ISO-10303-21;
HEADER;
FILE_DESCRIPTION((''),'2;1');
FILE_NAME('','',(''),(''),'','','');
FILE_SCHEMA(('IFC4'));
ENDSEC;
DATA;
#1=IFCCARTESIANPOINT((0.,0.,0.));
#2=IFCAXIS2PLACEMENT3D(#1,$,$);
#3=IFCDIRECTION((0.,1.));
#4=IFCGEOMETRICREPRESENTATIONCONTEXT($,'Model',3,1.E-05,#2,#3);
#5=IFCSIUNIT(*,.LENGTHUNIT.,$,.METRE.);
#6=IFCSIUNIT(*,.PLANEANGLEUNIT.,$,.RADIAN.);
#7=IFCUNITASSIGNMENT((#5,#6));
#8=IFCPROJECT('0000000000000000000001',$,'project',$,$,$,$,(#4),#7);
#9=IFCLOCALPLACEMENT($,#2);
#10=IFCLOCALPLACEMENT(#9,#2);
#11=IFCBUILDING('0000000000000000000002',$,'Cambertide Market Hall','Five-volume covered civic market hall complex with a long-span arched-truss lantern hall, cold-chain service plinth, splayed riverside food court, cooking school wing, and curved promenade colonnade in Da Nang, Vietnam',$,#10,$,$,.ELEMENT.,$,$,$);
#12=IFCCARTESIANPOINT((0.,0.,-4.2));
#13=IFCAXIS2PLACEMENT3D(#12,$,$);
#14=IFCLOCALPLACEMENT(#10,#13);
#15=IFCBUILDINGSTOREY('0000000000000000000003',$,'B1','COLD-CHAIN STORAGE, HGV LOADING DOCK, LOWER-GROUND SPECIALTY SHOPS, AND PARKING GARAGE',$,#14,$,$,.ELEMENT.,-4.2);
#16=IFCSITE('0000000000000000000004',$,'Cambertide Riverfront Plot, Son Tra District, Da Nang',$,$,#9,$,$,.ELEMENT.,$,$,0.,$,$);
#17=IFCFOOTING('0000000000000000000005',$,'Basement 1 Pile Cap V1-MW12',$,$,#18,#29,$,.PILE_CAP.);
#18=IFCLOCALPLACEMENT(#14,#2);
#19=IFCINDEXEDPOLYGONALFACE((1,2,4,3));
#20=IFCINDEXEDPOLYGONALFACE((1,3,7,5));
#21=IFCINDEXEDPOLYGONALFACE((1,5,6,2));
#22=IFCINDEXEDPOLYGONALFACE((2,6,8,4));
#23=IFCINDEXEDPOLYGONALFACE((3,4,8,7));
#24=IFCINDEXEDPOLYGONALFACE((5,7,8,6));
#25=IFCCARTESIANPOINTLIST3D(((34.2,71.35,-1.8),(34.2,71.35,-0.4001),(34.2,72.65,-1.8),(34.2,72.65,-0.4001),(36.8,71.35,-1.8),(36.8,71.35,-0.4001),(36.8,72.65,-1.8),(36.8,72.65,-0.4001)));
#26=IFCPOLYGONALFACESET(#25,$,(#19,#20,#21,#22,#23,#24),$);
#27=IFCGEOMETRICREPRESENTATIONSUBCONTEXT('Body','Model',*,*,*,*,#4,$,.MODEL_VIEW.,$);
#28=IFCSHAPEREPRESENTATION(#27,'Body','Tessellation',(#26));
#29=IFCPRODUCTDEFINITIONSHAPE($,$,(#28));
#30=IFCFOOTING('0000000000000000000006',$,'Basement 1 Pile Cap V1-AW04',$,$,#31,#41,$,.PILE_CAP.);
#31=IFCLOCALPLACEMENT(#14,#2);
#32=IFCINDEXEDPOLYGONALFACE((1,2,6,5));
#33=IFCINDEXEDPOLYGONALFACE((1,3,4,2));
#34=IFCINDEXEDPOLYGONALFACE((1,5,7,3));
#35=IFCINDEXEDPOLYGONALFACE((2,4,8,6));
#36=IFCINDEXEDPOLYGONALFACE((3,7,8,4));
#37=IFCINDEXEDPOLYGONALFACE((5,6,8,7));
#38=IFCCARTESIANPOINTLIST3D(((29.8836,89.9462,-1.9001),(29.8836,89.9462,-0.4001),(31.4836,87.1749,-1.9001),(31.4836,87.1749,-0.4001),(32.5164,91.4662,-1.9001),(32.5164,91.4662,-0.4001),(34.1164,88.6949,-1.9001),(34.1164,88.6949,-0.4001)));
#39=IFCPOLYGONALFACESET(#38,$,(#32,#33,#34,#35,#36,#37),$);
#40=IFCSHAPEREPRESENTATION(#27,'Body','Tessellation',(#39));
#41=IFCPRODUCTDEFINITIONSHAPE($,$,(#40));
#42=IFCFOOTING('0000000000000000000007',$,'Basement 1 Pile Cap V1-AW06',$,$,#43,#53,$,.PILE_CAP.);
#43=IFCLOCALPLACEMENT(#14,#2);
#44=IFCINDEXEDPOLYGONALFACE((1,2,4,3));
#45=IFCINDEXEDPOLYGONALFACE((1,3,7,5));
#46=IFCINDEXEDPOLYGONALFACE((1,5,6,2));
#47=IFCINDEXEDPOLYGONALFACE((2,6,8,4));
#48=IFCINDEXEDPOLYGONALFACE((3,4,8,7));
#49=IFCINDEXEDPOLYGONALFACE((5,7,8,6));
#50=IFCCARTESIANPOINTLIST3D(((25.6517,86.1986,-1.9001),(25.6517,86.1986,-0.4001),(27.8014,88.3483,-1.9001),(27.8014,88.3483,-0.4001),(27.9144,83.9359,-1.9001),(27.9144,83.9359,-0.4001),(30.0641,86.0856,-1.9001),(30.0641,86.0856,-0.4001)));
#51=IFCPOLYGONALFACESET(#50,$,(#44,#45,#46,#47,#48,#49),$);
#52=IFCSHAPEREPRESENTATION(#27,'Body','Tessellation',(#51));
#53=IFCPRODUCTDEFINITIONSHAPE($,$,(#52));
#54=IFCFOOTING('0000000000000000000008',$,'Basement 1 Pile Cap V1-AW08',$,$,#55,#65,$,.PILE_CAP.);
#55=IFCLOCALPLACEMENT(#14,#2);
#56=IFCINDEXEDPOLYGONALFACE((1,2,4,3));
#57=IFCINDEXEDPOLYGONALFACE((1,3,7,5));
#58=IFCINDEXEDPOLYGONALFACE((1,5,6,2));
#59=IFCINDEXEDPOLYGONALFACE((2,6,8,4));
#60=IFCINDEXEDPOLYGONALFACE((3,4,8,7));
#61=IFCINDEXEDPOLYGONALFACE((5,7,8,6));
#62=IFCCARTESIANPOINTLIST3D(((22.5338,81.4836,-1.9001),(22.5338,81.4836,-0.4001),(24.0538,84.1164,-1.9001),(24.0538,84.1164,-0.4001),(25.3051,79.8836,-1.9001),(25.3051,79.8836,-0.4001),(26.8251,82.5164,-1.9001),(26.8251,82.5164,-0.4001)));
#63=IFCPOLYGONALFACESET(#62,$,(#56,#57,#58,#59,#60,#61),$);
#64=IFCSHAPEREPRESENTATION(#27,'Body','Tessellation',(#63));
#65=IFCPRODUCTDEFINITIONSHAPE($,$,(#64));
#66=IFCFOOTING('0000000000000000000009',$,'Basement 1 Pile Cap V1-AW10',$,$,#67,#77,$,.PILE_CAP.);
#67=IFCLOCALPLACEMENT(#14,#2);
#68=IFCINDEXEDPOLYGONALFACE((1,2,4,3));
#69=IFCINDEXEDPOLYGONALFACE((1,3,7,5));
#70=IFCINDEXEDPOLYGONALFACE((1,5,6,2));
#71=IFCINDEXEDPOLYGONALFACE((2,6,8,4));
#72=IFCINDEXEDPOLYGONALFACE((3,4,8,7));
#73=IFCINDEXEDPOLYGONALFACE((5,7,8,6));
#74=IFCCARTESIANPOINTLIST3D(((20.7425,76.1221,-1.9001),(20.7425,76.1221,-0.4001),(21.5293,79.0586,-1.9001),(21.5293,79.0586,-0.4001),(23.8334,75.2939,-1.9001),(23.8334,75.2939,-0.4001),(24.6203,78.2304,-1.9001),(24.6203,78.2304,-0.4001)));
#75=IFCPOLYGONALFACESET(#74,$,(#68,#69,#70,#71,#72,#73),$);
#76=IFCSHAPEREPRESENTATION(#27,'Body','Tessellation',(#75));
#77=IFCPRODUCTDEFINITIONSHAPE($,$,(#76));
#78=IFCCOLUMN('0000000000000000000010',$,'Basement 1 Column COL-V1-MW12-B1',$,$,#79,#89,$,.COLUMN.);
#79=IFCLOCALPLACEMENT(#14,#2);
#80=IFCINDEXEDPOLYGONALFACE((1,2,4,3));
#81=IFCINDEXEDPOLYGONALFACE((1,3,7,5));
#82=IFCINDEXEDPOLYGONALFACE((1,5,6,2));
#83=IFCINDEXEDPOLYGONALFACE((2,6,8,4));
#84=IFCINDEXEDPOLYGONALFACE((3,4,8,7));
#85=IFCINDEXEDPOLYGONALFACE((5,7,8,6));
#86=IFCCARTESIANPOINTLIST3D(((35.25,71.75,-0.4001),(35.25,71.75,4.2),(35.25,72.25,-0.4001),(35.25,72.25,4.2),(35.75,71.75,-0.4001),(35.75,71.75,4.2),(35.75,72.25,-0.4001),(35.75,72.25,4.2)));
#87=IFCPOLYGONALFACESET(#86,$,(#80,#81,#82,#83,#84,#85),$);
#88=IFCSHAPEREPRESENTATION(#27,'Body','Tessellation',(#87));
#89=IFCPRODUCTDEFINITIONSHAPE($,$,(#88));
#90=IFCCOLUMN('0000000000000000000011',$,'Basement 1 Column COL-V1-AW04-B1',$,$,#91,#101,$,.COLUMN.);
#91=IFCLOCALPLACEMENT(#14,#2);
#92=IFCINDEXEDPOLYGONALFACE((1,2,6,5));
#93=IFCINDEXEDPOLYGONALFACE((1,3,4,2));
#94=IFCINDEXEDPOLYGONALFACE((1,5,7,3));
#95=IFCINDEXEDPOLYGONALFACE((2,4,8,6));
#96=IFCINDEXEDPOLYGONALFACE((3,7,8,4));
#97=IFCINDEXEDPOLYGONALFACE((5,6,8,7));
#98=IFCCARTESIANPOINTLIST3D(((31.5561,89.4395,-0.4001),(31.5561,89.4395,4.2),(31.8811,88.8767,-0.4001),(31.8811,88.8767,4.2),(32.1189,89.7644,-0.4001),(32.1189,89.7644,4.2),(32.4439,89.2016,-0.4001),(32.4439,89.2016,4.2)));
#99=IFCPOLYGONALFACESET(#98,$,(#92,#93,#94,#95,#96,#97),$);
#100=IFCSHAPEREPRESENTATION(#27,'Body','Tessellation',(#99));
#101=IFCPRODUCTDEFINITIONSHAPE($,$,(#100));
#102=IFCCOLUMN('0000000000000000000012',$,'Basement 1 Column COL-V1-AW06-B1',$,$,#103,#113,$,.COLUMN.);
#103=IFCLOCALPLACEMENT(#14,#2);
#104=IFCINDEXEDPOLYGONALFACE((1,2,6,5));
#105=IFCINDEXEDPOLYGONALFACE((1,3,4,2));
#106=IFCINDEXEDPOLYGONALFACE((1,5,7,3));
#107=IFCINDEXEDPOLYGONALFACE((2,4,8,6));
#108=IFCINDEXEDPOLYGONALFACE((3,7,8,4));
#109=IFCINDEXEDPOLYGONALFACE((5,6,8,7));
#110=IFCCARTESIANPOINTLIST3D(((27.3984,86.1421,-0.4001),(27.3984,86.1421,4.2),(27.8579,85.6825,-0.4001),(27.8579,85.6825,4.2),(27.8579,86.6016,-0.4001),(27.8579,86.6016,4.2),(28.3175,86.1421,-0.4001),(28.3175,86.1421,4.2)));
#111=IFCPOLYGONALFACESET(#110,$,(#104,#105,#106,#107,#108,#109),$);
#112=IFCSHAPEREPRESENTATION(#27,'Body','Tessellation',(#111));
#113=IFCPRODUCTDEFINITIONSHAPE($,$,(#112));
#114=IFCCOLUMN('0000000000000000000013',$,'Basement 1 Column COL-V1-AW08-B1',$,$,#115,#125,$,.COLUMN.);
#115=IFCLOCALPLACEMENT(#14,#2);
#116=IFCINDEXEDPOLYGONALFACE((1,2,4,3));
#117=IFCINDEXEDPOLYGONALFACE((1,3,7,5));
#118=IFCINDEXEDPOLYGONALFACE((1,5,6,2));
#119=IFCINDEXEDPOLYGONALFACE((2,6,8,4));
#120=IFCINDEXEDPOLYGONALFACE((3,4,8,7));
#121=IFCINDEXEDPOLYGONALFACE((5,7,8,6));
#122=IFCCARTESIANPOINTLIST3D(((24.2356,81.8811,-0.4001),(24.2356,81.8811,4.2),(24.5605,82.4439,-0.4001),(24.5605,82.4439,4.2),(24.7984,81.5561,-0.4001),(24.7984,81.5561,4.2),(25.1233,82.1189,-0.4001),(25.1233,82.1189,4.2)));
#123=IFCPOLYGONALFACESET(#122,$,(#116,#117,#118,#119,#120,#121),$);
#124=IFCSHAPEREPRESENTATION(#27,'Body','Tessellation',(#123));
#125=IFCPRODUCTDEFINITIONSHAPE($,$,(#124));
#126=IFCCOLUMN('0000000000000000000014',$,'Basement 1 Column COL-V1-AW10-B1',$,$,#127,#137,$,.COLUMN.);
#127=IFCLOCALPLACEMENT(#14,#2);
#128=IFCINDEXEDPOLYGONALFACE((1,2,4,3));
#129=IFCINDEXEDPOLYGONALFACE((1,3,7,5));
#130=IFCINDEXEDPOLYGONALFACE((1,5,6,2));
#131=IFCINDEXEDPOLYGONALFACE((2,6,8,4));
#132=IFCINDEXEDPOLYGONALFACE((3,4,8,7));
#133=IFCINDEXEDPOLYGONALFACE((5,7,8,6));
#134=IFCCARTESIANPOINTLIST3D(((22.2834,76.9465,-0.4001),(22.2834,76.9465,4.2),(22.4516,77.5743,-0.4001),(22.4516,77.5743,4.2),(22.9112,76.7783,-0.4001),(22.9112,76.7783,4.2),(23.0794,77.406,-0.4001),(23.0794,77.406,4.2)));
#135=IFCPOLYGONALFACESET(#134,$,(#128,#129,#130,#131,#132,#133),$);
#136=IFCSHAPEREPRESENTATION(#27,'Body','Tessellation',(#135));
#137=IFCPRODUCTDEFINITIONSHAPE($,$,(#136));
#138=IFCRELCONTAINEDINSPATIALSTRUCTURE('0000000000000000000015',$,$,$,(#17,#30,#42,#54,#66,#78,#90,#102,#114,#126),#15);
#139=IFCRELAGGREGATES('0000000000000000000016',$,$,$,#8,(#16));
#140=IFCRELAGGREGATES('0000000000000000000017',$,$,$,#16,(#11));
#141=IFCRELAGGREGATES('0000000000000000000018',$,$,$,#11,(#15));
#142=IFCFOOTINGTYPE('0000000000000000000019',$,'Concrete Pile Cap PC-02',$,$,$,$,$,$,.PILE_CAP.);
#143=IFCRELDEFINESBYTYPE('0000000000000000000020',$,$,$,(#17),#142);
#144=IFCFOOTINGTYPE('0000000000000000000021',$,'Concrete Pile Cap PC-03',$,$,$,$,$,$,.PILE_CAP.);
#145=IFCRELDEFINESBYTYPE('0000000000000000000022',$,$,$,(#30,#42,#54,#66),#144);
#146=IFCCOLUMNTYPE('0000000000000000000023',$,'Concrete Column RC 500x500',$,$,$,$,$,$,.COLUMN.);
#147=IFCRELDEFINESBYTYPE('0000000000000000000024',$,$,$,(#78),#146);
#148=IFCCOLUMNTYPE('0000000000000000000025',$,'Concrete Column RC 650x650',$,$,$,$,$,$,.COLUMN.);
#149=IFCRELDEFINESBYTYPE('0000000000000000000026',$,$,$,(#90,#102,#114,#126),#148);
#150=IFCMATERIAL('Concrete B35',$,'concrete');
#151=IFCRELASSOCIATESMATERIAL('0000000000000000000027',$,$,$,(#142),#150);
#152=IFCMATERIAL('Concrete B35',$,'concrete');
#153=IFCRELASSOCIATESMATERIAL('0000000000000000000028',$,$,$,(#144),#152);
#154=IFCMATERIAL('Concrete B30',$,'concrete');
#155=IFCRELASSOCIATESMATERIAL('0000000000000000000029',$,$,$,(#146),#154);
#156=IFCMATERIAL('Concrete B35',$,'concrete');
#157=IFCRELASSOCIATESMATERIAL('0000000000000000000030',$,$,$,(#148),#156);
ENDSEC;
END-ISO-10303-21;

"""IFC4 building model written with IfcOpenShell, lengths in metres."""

from ifc_helpers import new_model, si_unit, direction, frame, origin, origin_2d, place, context, subcontext, project, spatial, rectangle, extrude, material, material_profile, profile_set, type_object, element, save


model = new_model("IFC4")

# Units and contexts
model_context = context("Model", 3, precision=1e-05, world=origin(), true_north=direction((0.0, 1.0)))
body_context = subcontext(model_context, "Body", "Model", "MODEL_VIEW")
ifc_project = project(units=[si_unit("LENGTHUNIT", "METRE"), si_unit("PLANEANGLEUNIT", "RADIAN")], contexts=[model_context])

# Site, building, storey
site_placement = place(None, origin())
site = spatial("IfcSite", under=ifc_project, at=site_placement, Name="Cambertide Riverfront Plot, Son Tra District, Da Nang", CompositionType="ELEMENT", RefElevation=0.0)
building_placement = place(site_placement, origin())
building = spatial("IfcBuilding", under=site, at=building_placement, Name="Cambertide Market Hall", Description="Five-volume covered civic market hall complex with a long-span arched-truss lantern hall, cold-chain service plinth, splayed riverside food court, cooking school wing, and curved promenade colonnade in Da Nang, Vietnam", CompositionType="ELEMENT")
storey_placement = place(building_placement, frame((0.0, 0.0, -4.2)))
storey = spatial("IfcBuildingStorey", under=building, at=storey_placement, Name="B1", Description="COLD-CHAIN STORAGE, HGV LOADING DOCK, LOWER-GROUND SPECIALTY SHOPS, AND PARKING GARAGE", CompositionType="ELEMENT", Elevation=-4.2)

# Footings
ifc_material_1 = material(Name="Concrete B35", Category="concrete")
footing_type_1 = type_object("IfcFootingType", Name="Concrete Pile Cap PC-02", PredefinedType="PILE_CAP", material=ifc_material_1)
footing_placement = place(storey_placement, frame((35.5, 72.0, -1.8), z_axis=(0.0, 0.0, 1.0), x_axis=(1.0, 0.0, 0.0)))
element("IfcFooting", 1, at=footing_placement, inside=storey, type_object=footing_type_1, Name="Basement 1 Pile Cap V1-MW12", PredefinedType="PILE_CAP", context=body_context, shape_type="SweptSolid", body=[
    extrude(rectangle(XDim=2.6001, YDim=1.3, at=origin_2d()), origin(), (0.0, 0.0, 1.0), 1.3999),
])
ifc_material_2 = material(Name="Concrete B35", Category="concrete")
footing_type_2 = type_object("IfcFootingType", Name="Concrete Pile Cap PC-03", PredefinedType="PILE_CAP", material=ifc_material_2)
for number, where, z_axis, x_axis, name in (
    (2, (32.0, 89.3206, -1.9001), (0.0, 0.0, 1.0), (-0.5, 0.866025, 0.0), "Basement 1 Pile Cap V1-AW04"),
    (3, (27.8579, 86.1421, -1.9001), (0.0, 0.0, 1.0), (-0.707107, 0.707107, 0.0), "Basement 1 Pile Cap V1-AW06"),
    (4, (24.6794, 82.0, -1.9001), (0.0, 0.0, 1.0), (-0.866025, 0.5, 0.0), "Basement 1 Pile Cap V1-AW08"),
    (5, (22.6814, 77.1763, -1.9001), (0.0, 0.0, 1.0), (-0.965926, 0.258819, 0.0), "Basement 1 Pile Cap V1-AW10"),
):
    element("IfcFooting", number, at=place(storey_placement, frame(where, z_axis=z_axis, x_axis=x_axis)), inside=storey, type_object=footing_type_2, Name=name, PredefinedType="PILE_CAP", context=body_context, shape_type="SweptSolid", body=[
        extrude(rectangle(XDim=3.2, YDim=3.04, at=origin_2d()), origin(), (0.0, 0.0, 1.0), 1.5),
    ])

# Columns
ifc_material_3 = material(Name="Concrete B30", Category="concrete")
ifc_material_profile_1 = material_profile(ifc_material_3, rectangle(XDim=0.5, YDim=0.5, at=origin_2d()), Name="RC 500x500")
ifc_profile_set_1 = profile_set([ifc_material_profile_1], Name="Concrete B30")
column_type_1 = type_object("IfcColumnType", Name="Concrete Column RC 500x500", PredefinedType="COLUMN", material=ifc_profile_set_1)
column_placement = place(storey_placement, frame((35.5, 72.0, -0.4001), z_axis=(0.0, 0.0, 1.0), x_axis=(1.0, 0.0, 0.0)))
element("IfcColumn", 6, at=column_placement, inside=storey, type_object=column_type_1, Name="Basement 1 Column COL-V1-MW12-B1", PredefinedType="COLUMN", context=body_context, shape_type="SweptSolid", body=[
    extrude(rectangle(XDim=0.5, YDim=0.5, at=origin_2d()), origin(), (0.0, 0.0, 1.0), 4.6001),
])
ifc_material_4 = material(Name="Concrete B35", Category="concrete")
ifc_material_profile_2 = material_profile(ifc_material_4, rectangle(XDim=0.6499, YDim=0.6499, at=origin_2d()), Name="RC 650x650")
ifc_profile_set_2 = profile_set([ifc_material_profile_2], Name="Concrete B35")
column_type_2 = type_object("IfcColumnType", Name="Concrete Column RC 650x650", PredefinedType="COLUMN", material=ifc_profile_set_2)
for number, where, z_axis, x_axis, name in (
    (7, (32.0, 89.3206, -0.4001), (0.0, 0.0, 1.0), (-0.5, 0.866025, 0.0), "Basement 1 Column COL-V1-AW04-B1"),
    (8, (27.8579, 86.1421, -0.4001), (0.0, 0.0, 1.0), (-0.707107, 0.707107, 0.0), "Basement 1 Column COL-V1-AW06-B1"),
    (9, (24.6794, 82.0, -0.4001), (0.0, 0.0, 1.0), (-0.866025, 0.5, 0.0), "Basement 1 Column COL-V1-AW08-B1"),
    (10, (22.6814, 77.1763, -0.4001), (0.0, 0.0, 1.0), (-0.965926, 0.258819, 0.0), "Basement 1 Column COL-V1-AW10-B1"),
):
    element("IfcColumn", number, at=place(storey_placement, frame(where, z_axis=z_axis, x_axis=x_axis)), inside=storey, type_object=column_type_2, Name=name, PredefinedType="COLUMN", context=body_context, shape_type="SweptSolid", body=[
        extrude(rectangle(XDim=0.6499, YDim=0.6499, at=origin_2d()), origin(), (0.0, 0.0, 1.0), 4.6001),
    ])

save(model, "model.ifc")
